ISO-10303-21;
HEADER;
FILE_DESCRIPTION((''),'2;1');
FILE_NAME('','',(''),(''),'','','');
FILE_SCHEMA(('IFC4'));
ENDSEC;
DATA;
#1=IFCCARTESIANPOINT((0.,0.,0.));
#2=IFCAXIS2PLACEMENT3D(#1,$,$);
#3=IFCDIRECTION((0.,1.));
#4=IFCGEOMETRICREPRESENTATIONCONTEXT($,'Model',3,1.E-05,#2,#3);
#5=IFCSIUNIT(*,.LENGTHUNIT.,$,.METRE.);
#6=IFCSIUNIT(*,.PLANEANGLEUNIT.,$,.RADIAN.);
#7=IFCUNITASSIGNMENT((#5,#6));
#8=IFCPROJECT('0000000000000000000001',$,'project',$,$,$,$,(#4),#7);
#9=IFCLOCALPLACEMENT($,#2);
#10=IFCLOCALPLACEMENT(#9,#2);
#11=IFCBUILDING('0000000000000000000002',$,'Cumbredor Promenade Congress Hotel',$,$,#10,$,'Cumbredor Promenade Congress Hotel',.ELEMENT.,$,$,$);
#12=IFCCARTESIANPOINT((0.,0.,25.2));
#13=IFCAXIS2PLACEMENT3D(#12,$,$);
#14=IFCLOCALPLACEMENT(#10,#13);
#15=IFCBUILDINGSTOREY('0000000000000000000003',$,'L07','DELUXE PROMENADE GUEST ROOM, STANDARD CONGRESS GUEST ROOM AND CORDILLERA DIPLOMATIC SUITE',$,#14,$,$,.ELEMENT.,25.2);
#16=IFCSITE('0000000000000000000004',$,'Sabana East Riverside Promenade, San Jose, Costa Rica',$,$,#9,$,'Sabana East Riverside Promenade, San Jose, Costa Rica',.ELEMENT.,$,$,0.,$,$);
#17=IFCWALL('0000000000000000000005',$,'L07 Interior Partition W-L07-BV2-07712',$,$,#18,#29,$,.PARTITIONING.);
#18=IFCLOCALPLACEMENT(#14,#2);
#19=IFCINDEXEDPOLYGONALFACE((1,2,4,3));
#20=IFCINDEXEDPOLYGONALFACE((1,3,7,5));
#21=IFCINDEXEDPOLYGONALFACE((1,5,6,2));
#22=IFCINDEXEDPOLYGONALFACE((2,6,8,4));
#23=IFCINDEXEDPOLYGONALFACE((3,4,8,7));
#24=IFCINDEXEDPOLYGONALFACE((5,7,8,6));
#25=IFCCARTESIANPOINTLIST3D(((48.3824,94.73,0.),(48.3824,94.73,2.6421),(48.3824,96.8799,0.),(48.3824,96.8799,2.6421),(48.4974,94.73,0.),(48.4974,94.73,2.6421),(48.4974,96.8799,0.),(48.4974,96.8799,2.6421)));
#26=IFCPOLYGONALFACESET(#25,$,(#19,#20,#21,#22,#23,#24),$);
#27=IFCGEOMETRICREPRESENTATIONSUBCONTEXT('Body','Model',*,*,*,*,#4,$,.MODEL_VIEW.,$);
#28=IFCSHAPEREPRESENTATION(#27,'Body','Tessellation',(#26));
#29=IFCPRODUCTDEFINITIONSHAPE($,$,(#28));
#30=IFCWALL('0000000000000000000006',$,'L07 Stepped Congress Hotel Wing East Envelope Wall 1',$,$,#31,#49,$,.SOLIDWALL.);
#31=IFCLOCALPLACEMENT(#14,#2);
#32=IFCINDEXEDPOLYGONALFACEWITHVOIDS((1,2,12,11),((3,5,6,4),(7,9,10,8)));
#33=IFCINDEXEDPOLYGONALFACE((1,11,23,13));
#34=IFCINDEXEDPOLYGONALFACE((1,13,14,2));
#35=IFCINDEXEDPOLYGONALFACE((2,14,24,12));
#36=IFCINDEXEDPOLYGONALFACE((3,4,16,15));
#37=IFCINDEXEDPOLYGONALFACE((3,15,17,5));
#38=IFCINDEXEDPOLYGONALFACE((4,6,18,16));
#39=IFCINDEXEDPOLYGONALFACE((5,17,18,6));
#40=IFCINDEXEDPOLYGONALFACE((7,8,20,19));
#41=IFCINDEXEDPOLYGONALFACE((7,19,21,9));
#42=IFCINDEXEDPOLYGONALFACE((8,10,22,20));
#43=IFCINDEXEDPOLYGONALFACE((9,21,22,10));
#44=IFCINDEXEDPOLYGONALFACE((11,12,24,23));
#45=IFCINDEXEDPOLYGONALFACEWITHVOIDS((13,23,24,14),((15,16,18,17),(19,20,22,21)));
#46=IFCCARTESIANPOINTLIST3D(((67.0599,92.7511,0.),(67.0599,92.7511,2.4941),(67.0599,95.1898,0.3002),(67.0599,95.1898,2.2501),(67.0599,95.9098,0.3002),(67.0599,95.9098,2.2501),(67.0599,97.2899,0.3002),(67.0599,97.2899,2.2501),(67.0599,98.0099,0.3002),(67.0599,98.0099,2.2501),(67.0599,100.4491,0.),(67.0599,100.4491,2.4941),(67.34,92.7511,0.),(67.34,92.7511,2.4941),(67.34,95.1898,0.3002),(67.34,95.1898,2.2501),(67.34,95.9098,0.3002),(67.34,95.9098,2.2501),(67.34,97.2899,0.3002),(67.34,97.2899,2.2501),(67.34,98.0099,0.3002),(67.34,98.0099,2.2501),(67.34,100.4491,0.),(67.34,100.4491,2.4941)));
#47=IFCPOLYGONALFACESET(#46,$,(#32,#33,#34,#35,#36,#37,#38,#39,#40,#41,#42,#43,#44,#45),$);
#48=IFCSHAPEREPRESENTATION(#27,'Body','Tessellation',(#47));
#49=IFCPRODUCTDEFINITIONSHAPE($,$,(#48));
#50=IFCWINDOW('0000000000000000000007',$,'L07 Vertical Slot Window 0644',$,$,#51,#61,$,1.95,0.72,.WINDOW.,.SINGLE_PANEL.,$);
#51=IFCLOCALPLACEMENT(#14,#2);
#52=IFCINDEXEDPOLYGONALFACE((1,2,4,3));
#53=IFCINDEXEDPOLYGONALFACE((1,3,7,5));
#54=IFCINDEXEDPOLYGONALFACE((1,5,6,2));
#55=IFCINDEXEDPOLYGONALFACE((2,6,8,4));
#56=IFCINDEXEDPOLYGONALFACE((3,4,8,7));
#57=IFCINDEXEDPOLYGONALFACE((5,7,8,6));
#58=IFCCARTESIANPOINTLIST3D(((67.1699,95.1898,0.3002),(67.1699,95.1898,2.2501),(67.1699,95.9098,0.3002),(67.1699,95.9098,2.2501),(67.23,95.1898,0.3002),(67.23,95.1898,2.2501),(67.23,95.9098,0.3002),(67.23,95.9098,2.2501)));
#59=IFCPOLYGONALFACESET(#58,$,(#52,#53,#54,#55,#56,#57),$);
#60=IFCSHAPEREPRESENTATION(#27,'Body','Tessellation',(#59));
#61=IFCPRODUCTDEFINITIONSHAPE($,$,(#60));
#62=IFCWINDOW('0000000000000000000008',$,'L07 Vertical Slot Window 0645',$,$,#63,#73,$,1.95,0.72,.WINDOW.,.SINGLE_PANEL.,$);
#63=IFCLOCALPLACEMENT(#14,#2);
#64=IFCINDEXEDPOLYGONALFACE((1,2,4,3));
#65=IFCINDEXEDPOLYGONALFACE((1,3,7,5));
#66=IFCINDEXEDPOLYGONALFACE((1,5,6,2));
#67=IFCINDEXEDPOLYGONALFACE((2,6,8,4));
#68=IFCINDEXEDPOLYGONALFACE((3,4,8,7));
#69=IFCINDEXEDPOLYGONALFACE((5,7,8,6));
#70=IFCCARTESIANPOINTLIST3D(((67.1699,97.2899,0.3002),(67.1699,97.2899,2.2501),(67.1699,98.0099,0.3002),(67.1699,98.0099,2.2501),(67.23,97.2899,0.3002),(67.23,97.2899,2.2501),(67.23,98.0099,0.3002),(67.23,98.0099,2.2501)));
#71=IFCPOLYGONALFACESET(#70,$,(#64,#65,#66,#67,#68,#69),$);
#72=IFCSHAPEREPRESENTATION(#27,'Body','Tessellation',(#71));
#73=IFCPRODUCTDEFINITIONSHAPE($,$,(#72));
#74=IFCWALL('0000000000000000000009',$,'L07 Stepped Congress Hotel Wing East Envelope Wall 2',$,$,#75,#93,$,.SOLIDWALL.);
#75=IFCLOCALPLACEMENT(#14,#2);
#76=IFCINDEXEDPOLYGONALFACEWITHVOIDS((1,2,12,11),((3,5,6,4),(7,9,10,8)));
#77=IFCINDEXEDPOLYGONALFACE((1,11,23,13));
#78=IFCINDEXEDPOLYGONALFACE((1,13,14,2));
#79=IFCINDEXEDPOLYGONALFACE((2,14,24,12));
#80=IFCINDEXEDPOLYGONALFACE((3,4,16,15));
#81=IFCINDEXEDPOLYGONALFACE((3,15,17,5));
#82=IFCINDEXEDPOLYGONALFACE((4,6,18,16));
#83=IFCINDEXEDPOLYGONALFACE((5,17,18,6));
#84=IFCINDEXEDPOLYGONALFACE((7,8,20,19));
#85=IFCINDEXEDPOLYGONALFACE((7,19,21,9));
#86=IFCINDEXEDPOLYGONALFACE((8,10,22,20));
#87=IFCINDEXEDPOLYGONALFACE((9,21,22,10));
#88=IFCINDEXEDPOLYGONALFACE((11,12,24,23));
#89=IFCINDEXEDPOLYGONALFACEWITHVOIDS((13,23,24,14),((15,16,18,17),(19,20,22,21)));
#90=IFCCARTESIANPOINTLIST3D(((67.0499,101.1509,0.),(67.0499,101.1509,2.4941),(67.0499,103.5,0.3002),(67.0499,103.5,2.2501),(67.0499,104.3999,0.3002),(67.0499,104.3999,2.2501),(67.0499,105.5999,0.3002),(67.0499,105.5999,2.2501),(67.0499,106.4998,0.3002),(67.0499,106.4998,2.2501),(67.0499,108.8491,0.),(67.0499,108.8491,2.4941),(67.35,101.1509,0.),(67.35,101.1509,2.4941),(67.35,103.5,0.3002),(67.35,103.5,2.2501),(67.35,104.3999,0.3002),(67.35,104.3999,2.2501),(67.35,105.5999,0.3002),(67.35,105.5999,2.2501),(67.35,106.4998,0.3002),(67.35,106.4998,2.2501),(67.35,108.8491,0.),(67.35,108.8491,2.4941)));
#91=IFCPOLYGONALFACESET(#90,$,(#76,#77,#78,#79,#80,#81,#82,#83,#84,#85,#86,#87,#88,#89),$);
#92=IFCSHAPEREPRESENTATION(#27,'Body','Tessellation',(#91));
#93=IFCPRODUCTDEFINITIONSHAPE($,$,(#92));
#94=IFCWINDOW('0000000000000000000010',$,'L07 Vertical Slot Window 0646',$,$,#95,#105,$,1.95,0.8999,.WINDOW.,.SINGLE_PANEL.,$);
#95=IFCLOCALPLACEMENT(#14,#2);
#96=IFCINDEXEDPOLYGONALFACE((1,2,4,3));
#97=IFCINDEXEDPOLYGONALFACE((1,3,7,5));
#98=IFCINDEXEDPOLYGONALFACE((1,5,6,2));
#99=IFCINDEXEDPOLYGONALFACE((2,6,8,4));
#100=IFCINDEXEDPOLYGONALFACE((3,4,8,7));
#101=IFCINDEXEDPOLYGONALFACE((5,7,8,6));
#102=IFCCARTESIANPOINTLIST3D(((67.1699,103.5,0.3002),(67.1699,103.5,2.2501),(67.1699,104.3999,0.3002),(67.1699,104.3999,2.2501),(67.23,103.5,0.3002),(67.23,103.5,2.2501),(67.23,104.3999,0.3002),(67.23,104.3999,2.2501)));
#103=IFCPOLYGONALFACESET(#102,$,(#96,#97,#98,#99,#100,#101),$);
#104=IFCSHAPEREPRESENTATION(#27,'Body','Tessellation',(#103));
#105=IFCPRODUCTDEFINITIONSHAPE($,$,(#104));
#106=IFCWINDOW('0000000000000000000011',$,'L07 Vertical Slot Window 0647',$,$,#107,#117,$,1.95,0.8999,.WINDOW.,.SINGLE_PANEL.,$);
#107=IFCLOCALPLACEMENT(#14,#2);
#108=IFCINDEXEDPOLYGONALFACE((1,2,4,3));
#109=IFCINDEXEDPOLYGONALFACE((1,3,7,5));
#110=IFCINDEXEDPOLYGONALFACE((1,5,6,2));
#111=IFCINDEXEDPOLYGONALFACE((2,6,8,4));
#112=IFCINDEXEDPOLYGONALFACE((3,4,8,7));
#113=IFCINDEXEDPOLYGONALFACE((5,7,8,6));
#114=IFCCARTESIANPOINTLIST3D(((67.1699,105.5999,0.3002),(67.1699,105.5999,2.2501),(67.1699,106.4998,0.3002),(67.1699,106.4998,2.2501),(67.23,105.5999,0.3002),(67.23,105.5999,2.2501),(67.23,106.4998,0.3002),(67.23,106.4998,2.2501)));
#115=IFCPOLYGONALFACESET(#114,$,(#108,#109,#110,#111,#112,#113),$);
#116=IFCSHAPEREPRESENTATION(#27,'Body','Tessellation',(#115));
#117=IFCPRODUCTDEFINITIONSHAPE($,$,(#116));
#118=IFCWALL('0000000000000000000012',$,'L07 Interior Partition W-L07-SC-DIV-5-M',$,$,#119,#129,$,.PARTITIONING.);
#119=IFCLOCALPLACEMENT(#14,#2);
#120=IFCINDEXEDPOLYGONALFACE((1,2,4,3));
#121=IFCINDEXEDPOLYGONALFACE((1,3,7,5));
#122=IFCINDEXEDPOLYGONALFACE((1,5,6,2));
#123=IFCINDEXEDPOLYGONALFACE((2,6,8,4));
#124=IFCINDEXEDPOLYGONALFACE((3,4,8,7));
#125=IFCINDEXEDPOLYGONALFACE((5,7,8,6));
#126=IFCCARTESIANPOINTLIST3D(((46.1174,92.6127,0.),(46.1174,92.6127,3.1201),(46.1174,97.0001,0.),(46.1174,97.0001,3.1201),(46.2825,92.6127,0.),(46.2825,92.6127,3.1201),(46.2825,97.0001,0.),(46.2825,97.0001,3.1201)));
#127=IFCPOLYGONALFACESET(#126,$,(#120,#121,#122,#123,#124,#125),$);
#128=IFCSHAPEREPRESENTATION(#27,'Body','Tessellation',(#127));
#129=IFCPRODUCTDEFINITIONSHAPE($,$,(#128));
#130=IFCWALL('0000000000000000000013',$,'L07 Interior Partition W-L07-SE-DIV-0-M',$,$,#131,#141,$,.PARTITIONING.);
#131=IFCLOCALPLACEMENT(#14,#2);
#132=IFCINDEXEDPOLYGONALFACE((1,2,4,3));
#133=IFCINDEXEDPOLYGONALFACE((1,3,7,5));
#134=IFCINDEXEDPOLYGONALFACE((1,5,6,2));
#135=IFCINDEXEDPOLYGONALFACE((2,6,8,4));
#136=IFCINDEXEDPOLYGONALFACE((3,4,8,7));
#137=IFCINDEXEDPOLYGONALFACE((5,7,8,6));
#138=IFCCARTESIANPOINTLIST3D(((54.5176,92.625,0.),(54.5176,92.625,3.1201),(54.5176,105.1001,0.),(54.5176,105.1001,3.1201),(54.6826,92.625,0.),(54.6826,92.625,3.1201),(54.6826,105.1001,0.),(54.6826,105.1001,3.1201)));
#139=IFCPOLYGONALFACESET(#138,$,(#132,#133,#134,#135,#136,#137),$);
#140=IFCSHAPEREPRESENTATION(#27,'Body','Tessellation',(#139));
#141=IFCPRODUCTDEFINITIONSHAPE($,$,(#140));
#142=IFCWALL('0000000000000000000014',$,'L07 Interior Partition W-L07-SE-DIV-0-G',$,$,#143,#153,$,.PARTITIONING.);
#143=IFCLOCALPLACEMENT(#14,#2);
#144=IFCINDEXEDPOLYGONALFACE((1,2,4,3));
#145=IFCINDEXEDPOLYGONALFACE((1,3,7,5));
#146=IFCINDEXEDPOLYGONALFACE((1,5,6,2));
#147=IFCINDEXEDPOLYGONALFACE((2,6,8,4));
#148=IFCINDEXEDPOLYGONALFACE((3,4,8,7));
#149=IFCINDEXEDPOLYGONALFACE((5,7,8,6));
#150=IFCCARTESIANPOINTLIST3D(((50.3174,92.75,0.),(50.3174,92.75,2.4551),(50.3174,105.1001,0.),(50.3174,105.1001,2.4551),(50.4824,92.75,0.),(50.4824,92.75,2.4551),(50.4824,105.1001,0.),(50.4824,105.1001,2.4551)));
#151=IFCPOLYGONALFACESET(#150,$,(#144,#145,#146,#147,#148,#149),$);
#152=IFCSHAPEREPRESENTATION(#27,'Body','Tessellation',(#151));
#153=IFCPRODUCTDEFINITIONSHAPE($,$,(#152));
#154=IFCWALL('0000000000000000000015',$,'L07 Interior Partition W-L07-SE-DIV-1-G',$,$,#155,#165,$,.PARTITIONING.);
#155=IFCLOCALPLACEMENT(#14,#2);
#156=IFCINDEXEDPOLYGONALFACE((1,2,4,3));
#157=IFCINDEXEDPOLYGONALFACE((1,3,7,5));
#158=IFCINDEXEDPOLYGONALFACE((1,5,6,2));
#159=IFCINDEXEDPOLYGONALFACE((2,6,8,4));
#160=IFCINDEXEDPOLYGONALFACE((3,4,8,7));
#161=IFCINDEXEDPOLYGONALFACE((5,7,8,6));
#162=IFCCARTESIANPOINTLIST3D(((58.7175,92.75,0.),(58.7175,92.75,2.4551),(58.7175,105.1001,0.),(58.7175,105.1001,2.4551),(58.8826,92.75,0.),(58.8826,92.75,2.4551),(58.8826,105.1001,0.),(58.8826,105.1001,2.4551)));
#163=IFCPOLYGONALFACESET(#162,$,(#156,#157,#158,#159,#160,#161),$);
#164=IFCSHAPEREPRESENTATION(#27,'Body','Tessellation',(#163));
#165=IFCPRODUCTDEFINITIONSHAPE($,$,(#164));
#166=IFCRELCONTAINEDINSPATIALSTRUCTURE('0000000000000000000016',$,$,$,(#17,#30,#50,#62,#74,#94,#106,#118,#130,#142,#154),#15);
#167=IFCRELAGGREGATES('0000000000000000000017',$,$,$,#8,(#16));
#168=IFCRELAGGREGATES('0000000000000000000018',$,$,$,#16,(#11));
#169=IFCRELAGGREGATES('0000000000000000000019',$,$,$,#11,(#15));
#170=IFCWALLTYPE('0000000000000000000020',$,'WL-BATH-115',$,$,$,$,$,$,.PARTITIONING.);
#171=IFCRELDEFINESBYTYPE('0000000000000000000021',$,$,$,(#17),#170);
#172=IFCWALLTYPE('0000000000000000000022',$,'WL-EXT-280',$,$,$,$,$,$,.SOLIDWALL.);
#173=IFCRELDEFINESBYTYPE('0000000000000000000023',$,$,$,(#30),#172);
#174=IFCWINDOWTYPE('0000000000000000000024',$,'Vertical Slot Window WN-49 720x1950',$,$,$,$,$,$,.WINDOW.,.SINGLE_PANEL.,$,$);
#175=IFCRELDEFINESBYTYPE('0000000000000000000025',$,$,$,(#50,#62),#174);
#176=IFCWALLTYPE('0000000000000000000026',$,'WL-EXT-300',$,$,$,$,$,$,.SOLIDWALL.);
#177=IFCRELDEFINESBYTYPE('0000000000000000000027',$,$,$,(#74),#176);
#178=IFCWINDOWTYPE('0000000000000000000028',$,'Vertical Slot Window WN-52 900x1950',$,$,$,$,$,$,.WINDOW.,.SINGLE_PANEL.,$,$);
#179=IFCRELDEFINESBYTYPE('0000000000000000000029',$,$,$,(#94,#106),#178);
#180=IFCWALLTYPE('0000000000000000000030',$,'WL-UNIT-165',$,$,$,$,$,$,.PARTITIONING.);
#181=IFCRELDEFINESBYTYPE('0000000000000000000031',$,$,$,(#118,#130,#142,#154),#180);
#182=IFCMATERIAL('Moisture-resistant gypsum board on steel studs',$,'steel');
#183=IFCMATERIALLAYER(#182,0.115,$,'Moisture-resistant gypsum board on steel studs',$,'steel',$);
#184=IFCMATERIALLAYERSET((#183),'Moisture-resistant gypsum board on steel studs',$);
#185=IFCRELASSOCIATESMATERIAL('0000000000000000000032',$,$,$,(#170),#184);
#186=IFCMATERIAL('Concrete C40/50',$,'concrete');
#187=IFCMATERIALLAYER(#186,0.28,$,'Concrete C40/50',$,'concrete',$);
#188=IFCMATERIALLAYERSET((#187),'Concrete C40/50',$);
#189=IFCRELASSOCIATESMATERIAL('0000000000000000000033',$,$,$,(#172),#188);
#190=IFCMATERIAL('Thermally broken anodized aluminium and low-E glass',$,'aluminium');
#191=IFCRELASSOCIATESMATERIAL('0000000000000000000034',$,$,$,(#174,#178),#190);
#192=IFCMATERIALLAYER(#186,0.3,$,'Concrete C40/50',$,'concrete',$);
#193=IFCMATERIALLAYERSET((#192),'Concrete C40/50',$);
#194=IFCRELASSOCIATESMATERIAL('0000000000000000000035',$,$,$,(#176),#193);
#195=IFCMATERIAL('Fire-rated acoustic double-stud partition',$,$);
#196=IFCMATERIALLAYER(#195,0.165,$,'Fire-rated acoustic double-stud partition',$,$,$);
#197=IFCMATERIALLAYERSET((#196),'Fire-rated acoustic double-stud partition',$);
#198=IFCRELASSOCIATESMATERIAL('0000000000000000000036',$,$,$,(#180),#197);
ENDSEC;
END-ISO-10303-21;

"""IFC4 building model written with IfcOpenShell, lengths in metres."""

from ifc_helpers import new_model, si_unit, direction, frame, frame_2d, origin, place, context, subcontext, project, spatial, rectangle, extrude, material, layer, layer_set, type_object, element, fill, save


model = new_model("IFC4")

# Units and contexts
model_context = context("Model", 3, precision=1e-05, world=origin(), true_north=direction((0.0, 1.0)))
body_context = subcontext(model_context, "Body", "Model", "MODEL_VIEW")
ifc_project = project(units=[si_unit("LENGTHUNIT", "METRE"), si_unit("PLANEANGLEUNIT", "RADIAN")], contexts=[model_context])

# Site, building, storey
site_placement = place(None, origin())
site = spatial("IfcSite", under=ifc_project, at=site_placement, Name="Sabana East Riverside Promenade, San Jose, Costa Rica", LongName="Sabana East Riverside Promenade, San Jose, Costa Rica", CompositionType="ELEMENT", RefElevation=0.0)
building_placement = place(site_placement, origin())
building = spatial("IfcBuilding", under=site, at=building_placement, Name="Cumbredor Promenade Congress Hotel", LongName="Cumbredor Promenade Congress Hotel", CompositionType="ELEMENT")
storey_placement = place(building_placement, frame((0.0, 0.0, 25.2)))
storey = spatial("IfcBuildingStorey", under=building, at=storey_placement, Name="L07", Description="DELUXE PROMENADE GUEST ROOM, STANDARD CONGRESS GUEST ROOM AND CORDILLERA DIPLOMATIC SUITE", CompositionType="ELEMENT", Elevation=25.2)

# Shared definitions
ifc_material_1 = material(Name="Concrete C40/50", Category="concrete")

# Shared definitions
ifc_material_2 = material(Name="Thermally broken anodized aluminium and low-E glass", Category="aluminium")

# Shared definitions
ifc_material_3 = material(Name="Moisture-resistant gypsum board on steel studs", Category="steel")
ifc_layer_1 = layer(ifc_material_3, 0.115, Name="Moisture-resistant gypsum board on steel studs", Category="steel")
ifc_layer_set_1 = layer_set([ifc_layer_1], Name="Moisture-resistant gypsum board on steel studs")
wall_type_1 = type_object("IfcWallType", Name="WL-BATH-115", PredefinedType="PARTITIONING", material=ifc_layer_set_1)

# Wall
wall_1_placement = place(storey_placement, frame((48.4399, 94.73, 0.0), z_axis=(0.0, 0.0, 1.0), x_axis=(0.0, 1.0, 0.0)))
element("IfcWall", 1, at=wall_1_placement, inside=storey, type_object=wall_type_1, Name="L07 Interior Partition W-L07-BV2-07712", PredefinedType="PARTITIONING", context=body_context, shape_type="SweptSolid", body=[
    extrude(rectangle(XDim=2.1499, YDim=0.115, at=frame_2d((1.075, 0.0))), origin(), (0.0, 0.0, 1.0), 2.6421),
])

# Walls, openings, windows
ifc_layer_2 = layer(ifc_material_1, 0.28, Name="Concrete C40/50", Category="concrete")
ifc_layer_set_2 = layer_set([ifc_layer_2], Name="Concrete C40/50")
wall_type_2 = type_object("IfcWallType", Name="WL-EXT-280", PredefinedType="SOLIDWALL", material=ifc_layer_set_2)
wall_2_placement = place(storey_placement, frame((67.2, 92.751, 0.0), z_axis=(0.0, 0.0, 1.0), x_axis=(0.0, 1.0, 0.0)))
wall_2 = element("IfcWall", 2, at=wall_2_placement, inside=storey, type_object=wall_type_2, Name="L07 Stepped Congress Hotel Wing East Envelope Wall 1", PredefinedType="SOLIDWALL", context=body_context, shape_type="SweptSolid", body=[
    extrude(rectangle(XDim=7.698, YDim=0.28, at=frame_2d((3.8491, 0.0))), origin(), (0.0, 0.0, 1.0), 2.4941),
])
opening_1_placement = place(wall_2_placement, frame((2.439, 0.0, 0.3)))
opening_1 = element("IfcOpeningElement", 3, at=opening_1_placement, cuts=wall_2, PredefinedType="OPENING", context=body_context, shape_type="SweptSolid", body=[
    extrude(rectangle(XDim=0.72, YDim=1.95, at=frame_2d((0.3599, 0.9751))), frame((0.0, 0.1499, 0.0), z_axis=(0.0, -1.0, 0.0), x_axis=(1.0, 0.0, 0.0)), (0.0, 0.0, 1.0), 0.3),
])
opening_2_placement = place(wall_2_placement, frame((4.5391, 0.0, 0.3)))
opening_2 = element("IfcOpeningElement", 4, at=opening_2_placement, cuts=wall_2, PredefinedType="OPENING", context=body_context, shape_type="SweptSolid", body=[
    extrude(rectangle(XDim=0.72, YDim=1.95, at=frame_2d((0.3599, 0.9751))), frame((0.0, 0.1499, 0.0), z_axis=(0.0, -1.0, 0.0), x_axis=(1.0, 0.0, 0.0)), (0.0, 0.0, 1.0), 0.3),
])
window_type_1 = type_object("IfcWindowType", Name="Vertical Slot Window WN-49 720x1950", PartitioningType="SINGLE_PANEL", PredefinedType="WINDOW", material=ifc_material_2)
window_1_placement = place(opening_1_placement, origin())
window_1 = element("IfcWindow", 5, at=window_1_placement, inside=storey, type_object=window_type_1, Name="L07 Vertical Slot Window 0644", OverallHeight=1.95, OverallWidth=0.72, PartitioningType="SINGLE_PANEL", PredefinedType="WINDOW", context=body_context, shape_type="SweptSolid", body=[
    extrude(rectangle(XDim=0.72, YDim=1.95, at=frame_2d((0.3599, 0.9751))), frame((0.0, 0.03, 0.0), z_axis=(0.0, -1.0, 0.0), x_axis=(1.0, 0.0, 0.0)), (0.0, 0.0, 1.0), 0.0601),
])
fill(opening_1, window_1)
window_2_placement = place(opening_2_placement, origin())
window_2 = element("IfcWindow", 6, at=window_2_placement, inside=storey, type_object=window_type_1, Name="L07 Vertical Slot Window 0645", OverallHeight=1.95, OverallWidth=0.72, PartitioningType="SINGLE_PANEL", PredefinedType="WINDOW", context=body_context, shape_type="SweptSolid", body=[
    extrude(rectangle(XDim=0.72, YDim=1.95, at=frame_2d((0.3599, 0.9751))), frame((0.0, 0.03, 0.0), z_axis=(0.0, -1.0, 0.0), x_axis=(1.0, 0.0, 0.0)), (0.0, 0.0, 1.0), 0.0601),
])
fill(opening_2, window_2)
ifc_layer_3 = layer(ifc_material_1, 0.3, Name="Concrete C40/50", Category="concrete")
ifc_layer_set_3 = layer_set([ifc_layer_3], Name="Concrete C40/50")
wall_type_3 = type_object("IfcWallType", Name="WL-EXT-300", PredefinedType="SOLIDWALL", material=ifc_layer_set_3)
wall_3_placement = place(storey_placement, frame((67.2, 101.1509, 0.0), z_axis=(0.0, 0.0, 1.0), x_axis=(0.0, 1.0, 0.0)))
wall_3 = element("IfcWall", 7, at=wall_3_placement, inside=storey, type_object=wall_type_3, Name="L07 Stepped Congress Hotel Wing East Envelope Wall 2", PredefinedType="SOLIDWALL", context=body_context, shape_type="SweptSolid", body=[
    extrude(rectangle(XDim=7.6982, YDim=0.3, at=frame_2d((3.8491, 0.0))), origin(), (0.0, 0.0, 1.0), 2.4941),
])
opening_3_placement = place(wall_3_placement, frame((2.3491, 0.0, 0.3)))
opening_3 = element("IfcOpeningElement", 8, at=opening_3_placement, cuts=wall_3, PredefinedType="OPENING", context=body_context, shape_type="SweptSolid", body=[
    extrude(rectangle(XDim=0.8999, YDim=1.95, at=frame_2d((0.45, 0.9751))), frame((0.0, 0.1602, 0.0), z_axis=(0.0, -1.0, 0.0), x_axis=(1.0, 0.0, 0.0)), (0.0, 0.0, 1.0), 0.3201),
])
opening_4_placement = place(wall_3_placement, frame((4.449, 0.0, 0.3)))
opening_4 = element("IfcOpeningElement", 9, at=opening_4_placement, cuts=wall_3, PredefinedType="OPENING", context=body_context, shape_type="SweptSolid", body=[
    extrude(rectangle(XDim=0.8999, YDim=1.95, at=frame_2d((0.45, 0.9751))), frame((0.0, 0.1602, 0.0), z_axis=(0.0, -1.0, 0.0), x_axis=(1.0, 0.0, 0.0)), (0.0, 0.0, 1.0), 0.3201),
])
window_type_2 = type_object("IfcWindowType", Name="Vertical Slot Window WN-52 900x1950", PartitioningType="SINGLE_PANEL", PredefinedType="WINDOW", material=ifc_material_2)
window_3_placement = place(opening_3_placement, origin())
window_3 = element("IfcWindow", 10, at=window_3_placement, inside=storey, type_object=window_type_2, Name="L07 Vertical Slot Window 0646", OverallHeight=1.95, OverallWidth=0.8999, PartitioningType="SINGLE_PANEL", PredefinedType="WINDOW", context=body_context, shape_type="SweptSolid", body=[
    extrude(rectangle(XDim=0.8999, YDim=1.95, at=frame_2d((0.45, 0.9751))), frame((0.0, 0.03, 0.0), z_axis=(0.0, -1.0, 0.0), x_axis=(1.0, 0.0, 0.0)), (0.0, 0.0, 1.0), 0.0601),
])
fill(opening_3, window_3)
window_4_placement = place(opening_4_placement, origin())
window_4 = element("IfcWindow", 11, at=window_4_placement, inside=storey, type_object=window_type_2, Name="L07 Vertical Slot Window 0647", OverallHeight=1.95, OverallWidth=0.8999, PartitioningType="SINGLE_PANEL", PredefinedType="WINDOW", context=body_context, shape_type="SweptSolid", body=[
    extrude(rectangle(XDim=0.8999, YDim=1.95, at=frame_2d((0.45, 0.9751))), frame((0.0, 0.03, 0.0), z_axis=(0.0, -1.0, 0.0), x_axis=(1.0, 0.0, 0.0)), (0.0, 0.0, 1.0), 0.0601),
])
fill(opening_4, window_4)

# Walls
ifc_material_4 = material(Name="Fire-rated acoustic double-stud partition")
ifc_layer_4 = layer(ifc_material_4, 0.165, Name="Fire-rated acoustic double-stud partition")
ifc_layer_set_4 = layer_set([ifc_layer_4], Name="Fire-rated acoustic double-stud partition")
wall_type_4 = type_object("IfcWallType", Name="WL-UNIT-165", PredefinedType="PARTITIONING", material=ifc_layer_set_4)
wall_4_placement = place(storey_placement, frame((46.2, 92.6125, 0.0), z_axis=(0.0, 0.0, 1.0), x_axis=(0.0, 1.0, 0.0)))
element("IfcWall", 12, at=wall_4_placement, inside=storey, type_object=wall_type_4, Name="L07 Interior Partition W-L07-SC-DIV-5-M", PredefinedType="PARTITIONING", context=body_context, shape_type="SweptSolid", body=[
    extrude(rectangle(XDim=4.3875, YDim=0.165, at=frame_2d((2.1938, 0.0))), origin(), (0.0, 0.0, 1.0), 3.1201),
])
wall_5_placement = place(storey_placement, frame((54.6001, 92.625, 0.0), z_axis=(0.0, 0.0, 1.0), x_axis=(0.0, 1.0, 0.0)))
element("IfcWall", 13, at=wall_5_placement, inside=storey, type_object=wall_type_4, Name="L07 Interior Partition W-L07-SE-DIV-0-M", PredefinedType="PARTITIONING", context=body_context, shape_type="SweptSolid", body=[
    extrude(rectangle(XDim=12.4751, YDim=0.165, at=frame_2d((6.2375, 0.0))), origin(), (0.0, 0.0, 1.0), 3.1201),
])
for number, where, z_axis, x_axis, name in (
    (14, (50.3999, 92.75, 0.0), (0.0, 0.0, 1.0), (0.0, 1.0, 0.0), "L07 Interior Partition W-L07-SE-DIV-0-G"),
    (15, (58.8, 92.75, 0.0), (0.0, 0.0, 1.0), (0.0, 1.0, 0.0), "L07 Interior Partition W-L07-SE-DIV-1-G"),
):
    element("IfcWall", number, at=place(storey_placement, frame(where, z_axis=z_axis, x_axis=x_axis)), inside=storey, type_object=wall_type_4, Name=name, PredefinedType="PARTITIONING", context=body_context, shape_type="SweptSolid", body=[
        extrude(rectangle(XDim=12.3501, YDim=0.165, at=frame_2d((6.175, 0.0))), origin(), (0.0, 0.0, 1.0), 2.4551),
    ])

save(model, "model.ifc")
